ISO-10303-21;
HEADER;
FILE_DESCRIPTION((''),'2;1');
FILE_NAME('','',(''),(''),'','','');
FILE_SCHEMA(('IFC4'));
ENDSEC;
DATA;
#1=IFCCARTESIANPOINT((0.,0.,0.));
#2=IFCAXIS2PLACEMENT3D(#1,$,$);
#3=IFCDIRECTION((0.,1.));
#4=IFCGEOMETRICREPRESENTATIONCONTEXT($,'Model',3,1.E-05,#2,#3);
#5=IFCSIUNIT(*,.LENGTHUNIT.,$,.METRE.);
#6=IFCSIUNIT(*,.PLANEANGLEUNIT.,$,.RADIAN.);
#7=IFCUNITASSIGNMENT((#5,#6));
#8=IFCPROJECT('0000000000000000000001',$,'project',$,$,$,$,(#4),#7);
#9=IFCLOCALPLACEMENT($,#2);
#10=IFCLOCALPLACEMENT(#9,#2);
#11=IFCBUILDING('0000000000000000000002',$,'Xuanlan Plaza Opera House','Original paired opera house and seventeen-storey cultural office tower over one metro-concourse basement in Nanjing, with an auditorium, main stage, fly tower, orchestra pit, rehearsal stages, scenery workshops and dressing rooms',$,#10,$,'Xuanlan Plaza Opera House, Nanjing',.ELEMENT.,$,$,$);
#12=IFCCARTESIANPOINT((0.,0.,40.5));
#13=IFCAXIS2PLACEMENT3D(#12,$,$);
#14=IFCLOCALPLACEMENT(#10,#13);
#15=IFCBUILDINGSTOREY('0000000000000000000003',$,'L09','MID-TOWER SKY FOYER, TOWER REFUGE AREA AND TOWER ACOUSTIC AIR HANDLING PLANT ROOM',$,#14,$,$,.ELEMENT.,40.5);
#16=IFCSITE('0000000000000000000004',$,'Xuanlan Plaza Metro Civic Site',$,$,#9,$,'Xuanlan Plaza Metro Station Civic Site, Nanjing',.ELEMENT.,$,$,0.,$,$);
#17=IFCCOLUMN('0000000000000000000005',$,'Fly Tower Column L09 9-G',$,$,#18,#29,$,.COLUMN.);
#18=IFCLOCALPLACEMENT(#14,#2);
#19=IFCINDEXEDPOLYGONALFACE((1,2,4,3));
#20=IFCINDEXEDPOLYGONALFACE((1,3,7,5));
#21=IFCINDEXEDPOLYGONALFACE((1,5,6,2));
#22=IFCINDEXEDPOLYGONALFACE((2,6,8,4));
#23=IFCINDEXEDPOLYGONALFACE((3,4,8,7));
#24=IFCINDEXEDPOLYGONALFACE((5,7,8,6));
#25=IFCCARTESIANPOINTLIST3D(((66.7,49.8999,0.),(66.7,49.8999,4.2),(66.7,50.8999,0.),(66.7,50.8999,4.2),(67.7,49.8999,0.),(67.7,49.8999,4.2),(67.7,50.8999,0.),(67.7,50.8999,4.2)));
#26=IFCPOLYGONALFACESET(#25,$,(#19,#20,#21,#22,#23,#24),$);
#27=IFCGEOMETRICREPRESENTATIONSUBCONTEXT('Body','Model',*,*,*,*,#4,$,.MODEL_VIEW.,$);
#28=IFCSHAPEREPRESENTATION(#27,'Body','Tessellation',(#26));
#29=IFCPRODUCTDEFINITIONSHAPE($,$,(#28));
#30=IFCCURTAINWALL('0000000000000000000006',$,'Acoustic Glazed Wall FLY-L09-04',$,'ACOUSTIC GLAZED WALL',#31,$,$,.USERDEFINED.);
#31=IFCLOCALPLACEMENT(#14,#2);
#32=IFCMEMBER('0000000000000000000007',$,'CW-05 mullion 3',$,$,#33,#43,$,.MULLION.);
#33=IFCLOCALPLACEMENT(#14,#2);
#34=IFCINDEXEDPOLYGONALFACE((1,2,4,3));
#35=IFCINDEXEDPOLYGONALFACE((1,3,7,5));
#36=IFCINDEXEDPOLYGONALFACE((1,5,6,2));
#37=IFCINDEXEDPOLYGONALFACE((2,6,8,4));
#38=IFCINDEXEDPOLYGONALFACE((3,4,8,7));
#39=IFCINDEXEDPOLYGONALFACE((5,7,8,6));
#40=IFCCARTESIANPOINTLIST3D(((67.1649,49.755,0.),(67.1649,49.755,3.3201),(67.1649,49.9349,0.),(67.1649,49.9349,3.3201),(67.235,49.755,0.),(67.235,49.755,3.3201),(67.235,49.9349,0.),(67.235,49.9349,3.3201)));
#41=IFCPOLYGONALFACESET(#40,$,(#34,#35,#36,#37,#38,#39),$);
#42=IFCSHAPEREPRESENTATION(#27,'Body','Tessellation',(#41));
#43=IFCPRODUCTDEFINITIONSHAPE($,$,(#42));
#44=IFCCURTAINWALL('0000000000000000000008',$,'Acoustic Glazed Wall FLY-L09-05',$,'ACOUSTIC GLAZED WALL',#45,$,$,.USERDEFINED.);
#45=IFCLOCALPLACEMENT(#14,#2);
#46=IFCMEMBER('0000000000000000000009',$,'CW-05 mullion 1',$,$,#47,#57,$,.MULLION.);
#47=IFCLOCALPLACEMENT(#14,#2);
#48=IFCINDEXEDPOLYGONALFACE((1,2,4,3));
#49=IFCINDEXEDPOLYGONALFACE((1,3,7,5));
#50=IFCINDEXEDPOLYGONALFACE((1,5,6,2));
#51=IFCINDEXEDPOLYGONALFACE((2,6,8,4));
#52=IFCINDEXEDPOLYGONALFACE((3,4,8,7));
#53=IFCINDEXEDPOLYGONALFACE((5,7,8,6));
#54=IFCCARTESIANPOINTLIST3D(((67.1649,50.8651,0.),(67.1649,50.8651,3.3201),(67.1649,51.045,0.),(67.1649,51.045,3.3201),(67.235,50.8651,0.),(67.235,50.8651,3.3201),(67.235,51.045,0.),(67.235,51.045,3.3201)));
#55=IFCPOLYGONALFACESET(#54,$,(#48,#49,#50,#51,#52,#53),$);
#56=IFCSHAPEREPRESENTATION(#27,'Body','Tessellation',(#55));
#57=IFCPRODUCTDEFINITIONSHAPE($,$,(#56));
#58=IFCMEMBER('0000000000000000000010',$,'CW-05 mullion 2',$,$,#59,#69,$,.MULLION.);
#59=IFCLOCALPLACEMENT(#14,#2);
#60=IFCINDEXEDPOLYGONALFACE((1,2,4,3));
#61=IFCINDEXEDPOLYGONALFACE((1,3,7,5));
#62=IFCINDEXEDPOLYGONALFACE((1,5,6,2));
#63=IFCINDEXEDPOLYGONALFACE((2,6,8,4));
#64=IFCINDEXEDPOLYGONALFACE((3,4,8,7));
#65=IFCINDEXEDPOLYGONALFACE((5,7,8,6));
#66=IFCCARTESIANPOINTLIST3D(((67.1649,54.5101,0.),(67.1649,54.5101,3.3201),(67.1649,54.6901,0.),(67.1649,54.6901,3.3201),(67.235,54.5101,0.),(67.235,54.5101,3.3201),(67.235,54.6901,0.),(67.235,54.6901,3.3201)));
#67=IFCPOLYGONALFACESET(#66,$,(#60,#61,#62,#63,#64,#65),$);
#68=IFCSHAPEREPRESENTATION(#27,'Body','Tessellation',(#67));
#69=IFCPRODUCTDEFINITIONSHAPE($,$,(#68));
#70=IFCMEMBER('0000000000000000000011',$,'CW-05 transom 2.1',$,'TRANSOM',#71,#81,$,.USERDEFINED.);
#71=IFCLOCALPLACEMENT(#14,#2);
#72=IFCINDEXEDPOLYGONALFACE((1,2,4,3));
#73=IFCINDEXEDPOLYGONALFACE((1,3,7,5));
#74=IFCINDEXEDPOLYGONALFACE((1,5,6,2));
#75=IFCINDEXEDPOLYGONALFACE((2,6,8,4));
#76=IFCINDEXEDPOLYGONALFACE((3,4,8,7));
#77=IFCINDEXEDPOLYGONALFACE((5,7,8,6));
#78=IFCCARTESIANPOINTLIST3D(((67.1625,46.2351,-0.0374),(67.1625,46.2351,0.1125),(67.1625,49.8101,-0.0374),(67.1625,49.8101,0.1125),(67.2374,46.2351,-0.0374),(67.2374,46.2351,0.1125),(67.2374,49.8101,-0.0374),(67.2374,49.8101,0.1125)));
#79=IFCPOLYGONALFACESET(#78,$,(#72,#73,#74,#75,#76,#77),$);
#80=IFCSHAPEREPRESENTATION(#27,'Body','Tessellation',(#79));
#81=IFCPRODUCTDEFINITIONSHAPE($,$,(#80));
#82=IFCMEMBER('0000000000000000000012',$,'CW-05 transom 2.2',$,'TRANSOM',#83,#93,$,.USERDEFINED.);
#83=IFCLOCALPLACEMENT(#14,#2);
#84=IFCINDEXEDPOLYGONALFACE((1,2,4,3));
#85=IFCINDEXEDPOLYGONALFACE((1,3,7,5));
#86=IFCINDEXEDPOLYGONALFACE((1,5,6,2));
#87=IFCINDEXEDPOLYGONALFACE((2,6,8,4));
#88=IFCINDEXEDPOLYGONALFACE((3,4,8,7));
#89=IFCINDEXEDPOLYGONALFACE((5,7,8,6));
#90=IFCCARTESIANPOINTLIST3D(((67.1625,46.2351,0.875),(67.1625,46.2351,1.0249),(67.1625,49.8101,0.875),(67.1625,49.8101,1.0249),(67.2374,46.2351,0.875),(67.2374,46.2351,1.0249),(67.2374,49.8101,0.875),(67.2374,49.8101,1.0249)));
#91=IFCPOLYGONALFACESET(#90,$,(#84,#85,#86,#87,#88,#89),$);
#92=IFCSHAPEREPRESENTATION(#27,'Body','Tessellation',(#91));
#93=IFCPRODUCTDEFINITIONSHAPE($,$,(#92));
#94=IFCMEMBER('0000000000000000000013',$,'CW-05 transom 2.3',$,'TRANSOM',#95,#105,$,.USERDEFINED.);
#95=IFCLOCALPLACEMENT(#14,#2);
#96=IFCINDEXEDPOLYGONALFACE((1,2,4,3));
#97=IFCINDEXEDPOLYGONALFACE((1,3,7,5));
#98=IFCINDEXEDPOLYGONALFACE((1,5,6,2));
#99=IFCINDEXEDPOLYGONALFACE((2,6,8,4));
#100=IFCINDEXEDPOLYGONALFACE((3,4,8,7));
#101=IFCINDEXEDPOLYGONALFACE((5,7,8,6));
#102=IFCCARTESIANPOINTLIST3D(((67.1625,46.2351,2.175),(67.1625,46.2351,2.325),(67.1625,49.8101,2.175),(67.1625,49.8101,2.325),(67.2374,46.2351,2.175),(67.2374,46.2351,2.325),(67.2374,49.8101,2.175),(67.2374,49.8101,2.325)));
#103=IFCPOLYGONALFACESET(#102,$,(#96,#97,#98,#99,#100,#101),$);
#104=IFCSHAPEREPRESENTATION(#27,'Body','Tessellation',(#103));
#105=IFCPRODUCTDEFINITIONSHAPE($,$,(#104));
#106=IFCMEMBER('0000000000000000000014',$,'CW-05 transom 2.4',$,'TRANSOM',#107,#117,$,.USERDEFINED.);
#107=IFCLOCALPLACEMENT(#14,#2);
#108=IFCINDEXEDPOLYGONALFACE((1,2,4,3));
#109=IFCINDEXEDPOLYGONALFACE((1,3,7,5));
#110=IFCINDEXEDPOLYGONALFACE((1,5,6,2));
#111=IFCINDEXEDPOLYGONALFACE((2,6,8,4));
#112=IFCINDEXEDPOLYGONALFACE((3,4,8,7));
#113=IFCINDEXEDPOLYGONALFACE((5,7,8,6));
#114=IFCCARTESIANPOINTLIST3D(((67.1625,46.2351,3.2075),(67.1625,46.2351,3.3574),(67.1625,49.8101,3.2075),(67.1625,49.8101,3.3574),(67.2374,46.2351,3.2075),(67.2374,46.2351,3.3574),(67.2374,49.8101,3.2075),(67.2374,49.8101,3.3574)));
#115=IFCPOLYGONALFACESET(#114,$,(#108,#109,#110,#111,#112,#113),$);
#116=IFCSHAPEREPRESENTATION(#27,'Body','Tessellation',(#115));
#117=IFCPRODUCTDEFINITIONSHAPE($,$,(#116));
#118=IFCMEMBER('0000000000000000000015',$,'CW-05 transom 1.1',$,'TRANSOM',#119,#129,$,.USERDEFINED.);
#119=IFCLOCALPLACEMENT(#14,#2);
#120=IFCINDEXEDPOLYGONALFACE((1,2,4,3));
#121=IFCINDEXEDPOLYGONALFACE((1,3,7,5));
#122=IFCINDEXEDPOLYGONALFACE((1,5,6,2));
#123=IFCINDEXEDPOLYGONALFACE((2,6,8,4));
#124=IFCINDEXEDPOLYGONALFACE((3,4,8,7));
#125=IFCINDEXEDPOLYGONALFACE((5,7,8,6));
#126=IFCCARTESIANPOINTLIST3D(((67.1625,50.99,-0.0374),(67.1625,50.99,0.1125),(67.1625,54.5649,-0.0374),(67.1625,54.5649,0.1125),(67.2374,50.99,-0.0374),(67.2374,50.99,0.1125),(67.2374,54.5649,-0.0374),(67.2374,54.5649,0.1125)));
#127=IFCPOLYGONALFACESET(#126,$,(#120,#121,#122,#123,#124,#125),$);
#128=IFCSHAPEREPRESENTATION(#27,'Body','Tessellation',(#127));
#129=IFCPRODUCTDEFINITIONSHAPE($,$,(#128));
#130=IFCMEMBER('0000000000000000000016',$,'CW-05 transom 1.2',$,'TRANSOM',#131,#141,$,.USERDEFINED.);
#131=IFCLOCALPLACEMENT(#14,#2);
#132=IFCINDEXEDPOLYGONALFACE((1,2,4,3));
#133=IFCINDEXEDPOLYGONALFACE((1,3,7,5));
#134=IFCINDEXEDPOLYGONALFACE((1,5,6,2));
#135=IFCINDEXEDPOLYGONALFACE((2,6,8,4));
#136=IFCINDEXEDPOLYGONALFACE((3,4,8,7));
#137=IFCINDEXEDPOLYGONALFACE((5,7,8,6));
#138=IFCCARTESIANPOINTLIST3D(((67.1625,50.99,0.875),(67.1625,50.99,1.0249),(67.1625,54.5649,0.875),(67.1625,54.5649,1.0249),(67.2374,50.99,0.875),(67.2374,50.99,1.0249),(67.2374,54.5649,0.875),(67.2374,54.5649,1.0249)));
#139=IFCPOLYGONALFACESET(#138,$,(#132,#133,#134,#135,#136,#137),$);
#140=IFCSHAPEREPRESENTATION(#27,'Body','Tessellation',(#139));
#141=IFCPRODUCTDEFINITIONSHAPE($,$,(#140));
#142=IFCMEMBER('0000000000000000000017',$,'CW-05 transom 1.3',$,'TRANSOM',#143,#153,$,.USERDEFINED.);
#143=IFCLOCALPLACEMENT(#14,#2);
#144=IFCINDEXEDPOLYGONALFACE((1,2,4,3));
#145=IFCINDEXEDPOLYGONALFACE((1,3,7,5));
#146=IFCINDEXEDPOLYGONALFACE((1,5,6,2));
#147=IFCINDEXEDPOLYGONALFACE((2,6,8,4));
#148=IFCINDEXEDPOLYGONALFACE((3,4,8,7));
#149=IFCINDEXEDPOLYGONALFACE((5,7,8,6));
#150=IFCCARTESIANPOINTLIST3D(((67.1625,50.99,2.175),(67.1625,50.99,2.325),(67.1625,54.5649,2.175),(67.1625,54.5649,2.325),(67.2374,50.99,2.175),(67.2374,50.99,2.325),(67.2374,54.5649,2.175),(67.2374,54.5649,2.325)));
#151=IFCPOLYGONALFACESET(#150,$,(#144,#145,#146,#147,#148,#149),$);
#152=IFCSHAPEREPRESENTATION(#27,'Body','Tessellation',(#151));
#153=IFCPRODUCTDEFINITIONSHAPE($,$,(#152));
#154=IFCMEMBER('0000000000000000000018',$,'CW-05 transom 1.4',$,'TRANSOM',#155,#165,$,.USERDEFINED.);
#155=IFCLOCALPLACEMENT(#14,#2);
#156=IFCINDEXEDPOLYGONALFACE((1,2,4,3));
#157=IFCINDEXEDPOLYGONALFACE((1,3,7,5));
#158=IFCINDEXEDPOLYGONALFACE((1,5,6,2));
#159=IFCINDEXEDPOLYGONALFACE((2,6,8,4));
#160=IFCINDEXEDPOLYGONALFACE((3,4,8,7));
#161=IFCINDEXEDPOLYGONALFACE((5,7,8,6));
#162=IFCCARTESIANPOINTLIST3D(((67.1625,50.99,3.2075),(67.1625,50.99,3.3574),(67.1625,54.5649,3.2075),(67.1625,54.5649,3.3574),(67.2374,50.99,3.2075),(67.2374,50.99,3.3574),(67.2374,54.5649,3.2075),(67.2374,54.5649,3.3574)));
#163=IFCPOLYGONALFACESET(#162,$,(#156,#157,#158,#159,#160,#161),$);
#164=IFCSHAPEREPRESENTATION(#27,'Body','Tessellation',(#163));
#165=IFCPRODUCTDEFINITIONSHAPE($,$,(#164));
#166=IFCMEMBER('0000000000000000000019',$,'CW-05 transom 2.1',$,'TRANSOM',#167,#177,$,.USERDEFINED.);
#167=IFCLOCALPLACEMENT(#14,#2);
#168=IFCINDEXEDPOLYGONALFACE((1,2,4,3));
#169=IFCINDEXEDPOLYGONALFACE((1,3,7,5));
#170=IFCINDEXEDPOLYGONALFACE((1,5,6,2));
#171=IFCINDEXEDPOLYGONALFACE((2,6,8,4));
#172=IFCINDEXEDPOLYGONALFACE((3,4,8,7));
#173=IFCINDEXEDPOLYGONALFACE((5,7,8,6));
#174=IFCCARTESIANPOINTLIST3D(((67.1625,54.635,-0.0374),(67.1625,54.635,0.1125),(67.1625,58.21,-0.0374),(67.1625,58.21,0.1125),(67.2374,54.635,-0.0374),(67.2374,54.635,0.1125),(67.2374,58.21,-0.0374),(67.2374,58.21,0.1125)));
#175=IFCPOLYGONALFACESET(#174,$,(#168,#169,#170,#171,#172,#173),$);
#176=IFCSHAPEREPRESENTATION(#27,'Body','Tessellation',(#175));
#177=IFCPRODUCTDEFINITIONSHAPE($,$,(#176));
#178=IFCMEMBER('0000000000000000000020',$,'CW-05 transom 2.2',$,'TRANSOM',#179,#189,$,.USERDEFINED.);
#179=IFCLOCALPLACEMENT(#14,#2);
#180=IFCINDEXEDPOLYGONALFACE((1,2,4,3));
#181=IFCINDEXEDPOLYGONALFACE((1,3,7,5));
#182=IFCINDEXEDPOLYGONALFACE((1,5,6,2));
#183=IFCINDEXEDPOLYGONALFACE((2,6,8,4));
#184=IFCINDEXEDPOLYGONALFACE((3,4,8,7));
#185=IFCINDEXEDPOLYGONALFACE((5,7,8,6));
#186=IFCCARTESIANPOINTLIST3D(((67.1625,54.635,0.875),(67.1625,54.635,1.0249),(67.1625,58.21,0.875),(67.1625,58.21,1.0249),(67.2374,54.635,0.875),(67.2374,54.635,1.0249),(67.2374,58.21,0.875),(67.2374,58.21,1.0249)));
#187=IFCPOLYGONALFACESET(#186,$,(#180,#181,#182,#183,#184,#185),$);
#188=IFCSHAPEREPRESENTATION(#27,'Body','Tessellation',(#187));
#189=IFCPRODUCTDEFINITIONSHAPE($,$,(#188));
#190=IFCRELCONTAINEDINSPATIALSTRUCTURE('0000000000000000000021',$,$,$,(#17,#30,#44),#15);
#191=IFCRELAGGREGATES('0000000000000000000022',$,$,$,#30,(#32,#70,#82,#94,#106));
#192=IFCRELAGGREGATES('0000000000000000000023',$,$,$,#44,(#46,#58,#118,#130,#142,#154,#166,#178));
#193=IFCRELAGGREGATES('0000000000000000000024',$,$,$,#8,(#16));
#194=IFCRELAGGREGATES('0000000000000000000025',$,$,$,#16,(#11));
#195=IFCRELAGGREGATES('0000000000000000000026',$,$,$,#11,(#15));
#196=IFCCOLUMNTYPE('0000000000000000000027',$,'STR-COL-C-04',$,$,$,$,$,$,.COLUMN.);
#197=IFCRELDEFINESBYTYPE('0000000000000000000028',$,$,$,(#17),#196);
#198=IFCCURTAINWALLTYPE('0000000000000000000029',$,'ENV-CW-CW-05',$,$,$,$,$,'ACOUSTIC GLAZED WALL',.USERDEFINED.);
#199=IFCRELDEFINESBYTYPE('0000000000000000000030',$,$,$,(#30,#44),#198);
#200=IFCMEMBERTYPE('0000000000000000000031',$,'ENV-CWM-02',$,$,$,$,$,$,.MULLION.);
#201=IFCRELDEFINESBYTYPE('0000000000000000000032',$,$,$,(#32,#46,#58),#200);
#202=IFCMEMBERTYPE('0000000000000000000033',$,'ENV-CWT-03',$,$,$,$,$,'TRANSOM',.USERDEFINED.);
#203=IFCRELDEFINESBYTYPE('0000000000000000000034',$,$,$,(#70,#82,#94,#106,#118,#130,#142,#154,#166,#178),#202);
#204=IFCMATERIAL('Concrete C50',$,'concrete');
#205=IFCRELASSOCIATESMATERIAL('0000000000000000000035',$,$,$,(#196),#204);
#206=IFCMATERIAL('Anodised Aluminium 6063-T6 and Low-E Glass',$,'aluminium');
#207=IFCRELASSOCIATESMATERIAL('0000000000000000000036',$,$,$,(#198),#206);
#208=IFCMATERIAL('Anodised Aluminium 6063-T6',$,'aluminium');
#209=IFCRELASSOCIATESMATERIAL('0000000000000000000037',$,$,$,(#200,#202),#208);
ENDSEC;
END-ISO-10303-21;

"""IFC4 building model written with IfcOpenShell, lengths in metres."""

from ifc_helpers import new_model, si_unit, direction, frame, origin, origin_2d, place, context, subcontext, project, spatial, rectangle, extrude, material, material_profile, profile_set, type_object, element, aggregate, save


model = new_model("IFC4")

# Units and contexts
model_context = context("Model", 3, precision=1e-05, world=origin(), true_north=direction((0.0, 1.0)))
body_context = subcontext(model_context, "Body", "Model", "MODEL_VIEW")
ifc_project = project(units=[si_unit("LENGTHUNIT", "METRE"), si_unit("PLANEANGLEUNIT", "RADIAN")], contexts=[model_context])

# Site, building, storey
site_placement = place(None, origin())
site = spatial("IfcSite", under=ifc_project, at=site_placement, Name="Xuanlan Plaza Metro Civic Site", LongName="Xuanlan Plaza Metro Station Civic Site, Nanjing", CompositionType="ELEMENT", RefElevation=0.0)
building_placement = place(site_placement, origin())
building = spatial("IfcBuilding", under=site, at=building_placement, Name="Xuanlan Plaza Opera House", Description="Original paired opera house and seventeen-storey cultural office tower over one metro-concourse basement in Nanjing, with an auditorium, main stage, fly tower, orchestra pit, rehearsal stages, scenery workshops and dressing rooms", LongName="Xuanlan Plaza Opera House, Nanjing", CompositionType="ELEMENT")
storey_placement = place(building_placement, frame((0.0, 0.0, 40.5)))
storey = spatial("IfcBuildingStorey", under=building, at=storey_placement, Name="L09", Description="MID-TOWER SKY FOYER, TOWER REFUGE AREA AND TOWER ACOUSTIC AIR HANDLING PLANT ROOM", CompositionType="ELEMENT", Elevation=40.5)

# Column
ifc_material_1 = material(Name="Concrete C50", Category="concrete")
ifc_material_profile_1 = material_profile(ifc_material_1, rectangle(XDim=1.0, YDim=1.0, at=origin_2d()), Name="RC-COL 1000x1000")
ifc_profile_set_1 = profile_set([ifc_material_profile_1], Name="Concrete C50")
column_type = type_object("IfcColumnType", Name="STR-COL-C-04", PredefinedType="COLUMN", material=ifc_profile_set_1)
column_placement = place(storey_placement, frame((67.2, 50.3999, 0.0), z_axis=(0.0, 0.0, 1.0), x_axis=(1.0, 0.0, 0.0)))
element("IfcColumn", 1, at=column_placement, inside=storey, type_object=column_type, Name="Fly Tower Column L09 9-G", PredefinedType="COLUMN", context=body_context, shape_type="SweptSolid", body=[
    extrude(rectangle(XDim=1.0, YDim=1.0, at=origin_2d()), origin(), (0.0, 0.0, 1.0), 4.2),
])

# Curtain wall, member
ifc_material_2 = material(Name="Anodised Aluminium 6063-T6 and Low-E Glass", Category="aluminium")
curtain_wall_type = type_object("IfcCurtainWallType", Name="ENV-CW-CW-05", ElementType="ACOUSTIC GLAZED WALL", PredefinedType="USERDEFINED", material=ifc_material_2)
curtain_wall_1_placement = place(storey_placement, origin())
curtain_wall_1 = element("IfcCurtainWall", 2, at=curtain_wall_1_placement, inside=storey, type_object=curtain_wall_type, Name="Acoustic Glazed Wall FLY-L09-04", ObjectType="ACOUSTIC GLAZED WALL", PredefinedType="USERDEFINED")
ifc_material_3 = material(Name="Anodised Aluminium 6063-T6", Category="aluminium")
ifc_material_profile_2 = material_profile(ifc_material_3, rectangle(XDim=0.0701, YDim=0.1799, at=origin_2d()), Name="ALU-M 70x180")
ifc_profile_set_2 = profile_set([ifc_material_profile_2], Name="Anodised Aluminium 6063-T6")
member_type_1 = type_object("IfcMemberType", Name="ENV-CWM-02", PredefinedType="MULLION", material=ifc_profile_set_2)
member_1_placement = place(storey_placement, frame((67.2, 49.845, 0.0), z_axis=(0.0, 0.0, 1.0), x_axis=(-1.0, 0.0, 0.0)))
member_1 = element("IfcMember", 3, at=member_1_placement, type_object=member_type_1, Name="CW-05 mullion 3", PredefinedType="MULLION", context=body_context, shape_type="SweptSolid", body=[
    extrude(rectangle(XDim=0.0701, YDim=0.1799, at=origin_2d()), origin(), (0.0, 0.0, 1.0), 3.3201),
])

# Curtain wall, members
curtain_wall_2_placement = place(storey_placement, origin())
curtain_wall_2 = element("IfcCurtainWall", 4, at=curtain_wall_2_placement, inside=storey, type_object=curtain_wall_type, Name="Acoustic Glazed Wall FLY-L09-05", ObjectType="ACOUSTIC GLAZED WALL", PredefinedType="USERDEFINED")
member_2_placement = place(storey_placement, frame((67.2, 50.9551, 0.0), z_axis=(0.0, 0.0, 1.0), x_axis=(-1.0, 0.0, 0.0)))
member_2 = element("IfcMember", 5, at=member_2_placement, type_object=member_type_1, Name="CW-05 mullion 1", PredefinedType="MULLION", context=body_context, shape_type="SweptSolid", body=[
    extrude(rectangle(XDim=0.0701, YDim=0.1799, at=origin_2d()), origin(), (0.0, 0.0, 1.0), 3.3201),
])
member_3_placement = place(storey_placement, frame((67.2, 54.6001, 0.0), z_axis=(0.0, 0.0, 1.0), x_axis=(-1.0, 0.0, 0.0)))
member_3 = element("IfcMember", 6, at=member_3_placement, type_object=member_type_1, Name="CW-05 mullion 2", PredefinedType="MULLION", context=body_context, shape_type="SweptSolid", body=[
    extrude(rectangle(XDim=0.0701, YDim=0.1799, at=origin_2d()), origin(), (0.0, 0.0, 1.0), 3.3201),
])

# Members
ifc_material_profile_3 = material_profile(ifc_material_3, rectangle(XDim=0.075, YDim=0.1499, at=origin_2d()), Name="ALU-T 75x150")
ifc_profile_set_3 = profile_set([ifc_material_profile_3], Name="Anodised Aluminium 6063-T6")
member_type_2 = type_object("IfcMemberType", Name="ENV-CWT-03", ElementType="TRANSOM", PredefinedType="USERDEFINED", material=ifc_profile_set_3)
member_4_placement = place(storey_placement, frame((67.2, 46.2351, 0.0376), z_axis=(0.0, 1.0, 0.0), x_axis=(-1.0, 0.0, 0.0)))
member_4 = element("IfcMember", 7, at=member_4_placement, type_object=member_type_2, Name="CW-05 transom 2.1", ObjectType="TRANSOM", PredefinedType="USERDEFINED", context=body_context, shape_type="SweptSolid", body=[
    extrude(rectangle(XDim=0.075, YDim=0.1499, at=origin_2d()), origin(), (0.0, 0.0, 1.0), 3.575),
])
member_5_placement = place(storey_placement, frame((67.2, 46.2351, 0.95), z_axis=(0.0, 1.0, 0.0), x_axis=(-1.0, 0.0, 0.0)))
member_5 = element("IfcMember", 8, at=member_5_placement, type_object=member_type_2, Name="CW-05 transom 2.2", ObjectType="TRANSOM", PredefinedType="USERDEFINED", context=body_context, shape_type="SweptSolid", body=[
    extrude(rectangle(XDim=0.075, YDim=0.1499, at=origin_2d()), origin(), (0.0, 0.0, 1.0), 3.575),
])
member_6_placement = place(storey_placement, frame((67.2, 46.2351, 2.25), z_axis=(0.0, 1.0, 0.0), x_axis=(-1.0, 0.0, 0.0)))
member_6 = element("IfcMember", 9, at=member_6_placement, type_object=member_type_2, Name="CW-05 transom 2.3", ObjectType="TRANSOM", PredefinedType="USERDEFINED", context=body_context, shape_type="SweptSolid", body=[
    extrude(rectangle(XDim=0.075, YDim=0.1499, at=origin_2d()), origin(), (0.0, 0.0, 1.0), 3.575),
])
member_7_placement = place(storey_placement, frame((67.2, 46.2351, 3.2825), z_axis=(0.0, 1.0, 0.0), x_axis=(-1.0, 0.0, 0.0)))
member_7 = element("IfcMember", 10, at=member_7_placement, type_object=member_type_2, Name="CW-05 transom 2.4", ObjectType="TRANSOM", PredefinedType="USERDEFINED", context=body_context, shape_type="SweptSolid", body=[
    extrude(rectangle(XDim=0.075, YDim=0.1499, at=origin_2d()), origin(), (0.0, 0.0, 1.0), 3.575),
])
member_8_placement = place(storey_placement, frame((67.2, 50.99, 0.0376), z_axis=(0.0, 1.0, 0.0), x_axis=(-1.0, 0.0, 0.0)))
member_8 = element("IfcMember", 11, at=member_8_placement, type_object=member_type_2, Name="CW-05 transom 1.1", ObjectType="TRANSOM", PredefinedType="USERDEFINED", context=body_context, shape_type="SweptSolid", body=[
    extrude(rectangle(XDim=0.075, YDim=0.1499, at=origin_2d()), origin(), (0.0, 0.0, 1.0), 3.575),
])
member_9_placement = place(storey_placement, frame((67.2, 50.99, 0.95), z_axis=(0.0, 1.0, 0.0), x_axis=(-1.0, 0.0, 0.0)))
member_9 = element("IfcMember", 12, at=member_9_placement, type_object=member_type_2, Name="CW-05 transom 1.2", ObjectType="TRANSOM", PredefinedType="USERDEFINED", context=body_context, shape_type="SweptSolid", body=[
    extrude(rectangle(XDim=0.075, YDim=0.1499, at=origin_2d()), origin(), (0.0, 0.0, 1.0), 3.575),
])
member_10_placement = place(storey_placement, frame((67.2, 50.99, 2.25), z_axis=(0.0, 1.0, 0.0), x_axis=(-1.0, 0.0, 0.0)))
member_10 = element("IfcMember", 13, at=member_10_placement, type_object=member_type_2, Name="CW-05 transom 1.3", ObjectType="TRANSOM", PredefinedType="USERDEFINED", context=body_context, shape_type="SweptSolid", body=[
    extrude(rectangle(XDim=0.075, YDim=0.1499, at=origin_2d()), origin(), (0.0, 0.0, 1.0), 3.575),
])
member_11_placement = place(storey_placement, frame((67.2, 50.99, 3.2825), z_axis=(0.0, 1.0, 0.0), x_axis=(-1.0, 0.0, 0.0)))
member_11 = element("IfcMember", 14, at=member_11_placement, type_object=member_type_2, Name="CW-05 transom 1.4", ObjectType="TRANSOM", PredefinedType="USERDEFINED", context=body_context, shape_type="SweptSolid", body=[
    extrude(rectangle(XDim=0.075, YDim=0.1499, at=origin_2d()), origin(), (0.0, 0.0, 1.0), 3.575),
])
member_12_placement = place(storey_placement, frame((67.2, 54.635, 0.0376), z_axis=(0.0, 1.0, 0.0), x_axis=(-1.0, 0.0, 0.0)))
member_12 = element("IfcMember", 15, at=member_12_placement, type_object=member_type_2, Name="CW-05 transom 2.1", ObjectType="TRANSOM", PredefinedType="USERDEFINED", context=body_context, shape_type="SweptSolid", body=[
    extrude(rectangle(XDim=0.075, YDim=0.1499, at=origin_2d()), origin(), (0.0, 0.0, 1.0), 3.575),
])
member_13_placement = place(storey_placement, frame((67.2, 54.635, 0.95), z_axis=(0.0, 1.0, 0.0), x_axis=(-1.0, 0.0, 0.0)))
member_13 = element("IfcMember", 16, at=member_13_placement, type_object=member_type_2, Name="CW-05 transom 2.2", ObjectType="TRANSOM", PredefinedType="USERDEFINED", context=body_context, shape_type="SweptSolid", body=[
    extrude(rectangle(XDim=0.075, YDim=0.1499, at=origin_2d()), origin(), (0.0, 0.0, 1.0), 3.575),
])

aggregate(curtain_wall_1, [member_1, member_4, member_5, member_6, member_7])
aggregate(curtain_wall_2, [member_2, member_3, member_8, member_9, member_10, member_11, member_12, member_13])

save(model, "model.ifc")
